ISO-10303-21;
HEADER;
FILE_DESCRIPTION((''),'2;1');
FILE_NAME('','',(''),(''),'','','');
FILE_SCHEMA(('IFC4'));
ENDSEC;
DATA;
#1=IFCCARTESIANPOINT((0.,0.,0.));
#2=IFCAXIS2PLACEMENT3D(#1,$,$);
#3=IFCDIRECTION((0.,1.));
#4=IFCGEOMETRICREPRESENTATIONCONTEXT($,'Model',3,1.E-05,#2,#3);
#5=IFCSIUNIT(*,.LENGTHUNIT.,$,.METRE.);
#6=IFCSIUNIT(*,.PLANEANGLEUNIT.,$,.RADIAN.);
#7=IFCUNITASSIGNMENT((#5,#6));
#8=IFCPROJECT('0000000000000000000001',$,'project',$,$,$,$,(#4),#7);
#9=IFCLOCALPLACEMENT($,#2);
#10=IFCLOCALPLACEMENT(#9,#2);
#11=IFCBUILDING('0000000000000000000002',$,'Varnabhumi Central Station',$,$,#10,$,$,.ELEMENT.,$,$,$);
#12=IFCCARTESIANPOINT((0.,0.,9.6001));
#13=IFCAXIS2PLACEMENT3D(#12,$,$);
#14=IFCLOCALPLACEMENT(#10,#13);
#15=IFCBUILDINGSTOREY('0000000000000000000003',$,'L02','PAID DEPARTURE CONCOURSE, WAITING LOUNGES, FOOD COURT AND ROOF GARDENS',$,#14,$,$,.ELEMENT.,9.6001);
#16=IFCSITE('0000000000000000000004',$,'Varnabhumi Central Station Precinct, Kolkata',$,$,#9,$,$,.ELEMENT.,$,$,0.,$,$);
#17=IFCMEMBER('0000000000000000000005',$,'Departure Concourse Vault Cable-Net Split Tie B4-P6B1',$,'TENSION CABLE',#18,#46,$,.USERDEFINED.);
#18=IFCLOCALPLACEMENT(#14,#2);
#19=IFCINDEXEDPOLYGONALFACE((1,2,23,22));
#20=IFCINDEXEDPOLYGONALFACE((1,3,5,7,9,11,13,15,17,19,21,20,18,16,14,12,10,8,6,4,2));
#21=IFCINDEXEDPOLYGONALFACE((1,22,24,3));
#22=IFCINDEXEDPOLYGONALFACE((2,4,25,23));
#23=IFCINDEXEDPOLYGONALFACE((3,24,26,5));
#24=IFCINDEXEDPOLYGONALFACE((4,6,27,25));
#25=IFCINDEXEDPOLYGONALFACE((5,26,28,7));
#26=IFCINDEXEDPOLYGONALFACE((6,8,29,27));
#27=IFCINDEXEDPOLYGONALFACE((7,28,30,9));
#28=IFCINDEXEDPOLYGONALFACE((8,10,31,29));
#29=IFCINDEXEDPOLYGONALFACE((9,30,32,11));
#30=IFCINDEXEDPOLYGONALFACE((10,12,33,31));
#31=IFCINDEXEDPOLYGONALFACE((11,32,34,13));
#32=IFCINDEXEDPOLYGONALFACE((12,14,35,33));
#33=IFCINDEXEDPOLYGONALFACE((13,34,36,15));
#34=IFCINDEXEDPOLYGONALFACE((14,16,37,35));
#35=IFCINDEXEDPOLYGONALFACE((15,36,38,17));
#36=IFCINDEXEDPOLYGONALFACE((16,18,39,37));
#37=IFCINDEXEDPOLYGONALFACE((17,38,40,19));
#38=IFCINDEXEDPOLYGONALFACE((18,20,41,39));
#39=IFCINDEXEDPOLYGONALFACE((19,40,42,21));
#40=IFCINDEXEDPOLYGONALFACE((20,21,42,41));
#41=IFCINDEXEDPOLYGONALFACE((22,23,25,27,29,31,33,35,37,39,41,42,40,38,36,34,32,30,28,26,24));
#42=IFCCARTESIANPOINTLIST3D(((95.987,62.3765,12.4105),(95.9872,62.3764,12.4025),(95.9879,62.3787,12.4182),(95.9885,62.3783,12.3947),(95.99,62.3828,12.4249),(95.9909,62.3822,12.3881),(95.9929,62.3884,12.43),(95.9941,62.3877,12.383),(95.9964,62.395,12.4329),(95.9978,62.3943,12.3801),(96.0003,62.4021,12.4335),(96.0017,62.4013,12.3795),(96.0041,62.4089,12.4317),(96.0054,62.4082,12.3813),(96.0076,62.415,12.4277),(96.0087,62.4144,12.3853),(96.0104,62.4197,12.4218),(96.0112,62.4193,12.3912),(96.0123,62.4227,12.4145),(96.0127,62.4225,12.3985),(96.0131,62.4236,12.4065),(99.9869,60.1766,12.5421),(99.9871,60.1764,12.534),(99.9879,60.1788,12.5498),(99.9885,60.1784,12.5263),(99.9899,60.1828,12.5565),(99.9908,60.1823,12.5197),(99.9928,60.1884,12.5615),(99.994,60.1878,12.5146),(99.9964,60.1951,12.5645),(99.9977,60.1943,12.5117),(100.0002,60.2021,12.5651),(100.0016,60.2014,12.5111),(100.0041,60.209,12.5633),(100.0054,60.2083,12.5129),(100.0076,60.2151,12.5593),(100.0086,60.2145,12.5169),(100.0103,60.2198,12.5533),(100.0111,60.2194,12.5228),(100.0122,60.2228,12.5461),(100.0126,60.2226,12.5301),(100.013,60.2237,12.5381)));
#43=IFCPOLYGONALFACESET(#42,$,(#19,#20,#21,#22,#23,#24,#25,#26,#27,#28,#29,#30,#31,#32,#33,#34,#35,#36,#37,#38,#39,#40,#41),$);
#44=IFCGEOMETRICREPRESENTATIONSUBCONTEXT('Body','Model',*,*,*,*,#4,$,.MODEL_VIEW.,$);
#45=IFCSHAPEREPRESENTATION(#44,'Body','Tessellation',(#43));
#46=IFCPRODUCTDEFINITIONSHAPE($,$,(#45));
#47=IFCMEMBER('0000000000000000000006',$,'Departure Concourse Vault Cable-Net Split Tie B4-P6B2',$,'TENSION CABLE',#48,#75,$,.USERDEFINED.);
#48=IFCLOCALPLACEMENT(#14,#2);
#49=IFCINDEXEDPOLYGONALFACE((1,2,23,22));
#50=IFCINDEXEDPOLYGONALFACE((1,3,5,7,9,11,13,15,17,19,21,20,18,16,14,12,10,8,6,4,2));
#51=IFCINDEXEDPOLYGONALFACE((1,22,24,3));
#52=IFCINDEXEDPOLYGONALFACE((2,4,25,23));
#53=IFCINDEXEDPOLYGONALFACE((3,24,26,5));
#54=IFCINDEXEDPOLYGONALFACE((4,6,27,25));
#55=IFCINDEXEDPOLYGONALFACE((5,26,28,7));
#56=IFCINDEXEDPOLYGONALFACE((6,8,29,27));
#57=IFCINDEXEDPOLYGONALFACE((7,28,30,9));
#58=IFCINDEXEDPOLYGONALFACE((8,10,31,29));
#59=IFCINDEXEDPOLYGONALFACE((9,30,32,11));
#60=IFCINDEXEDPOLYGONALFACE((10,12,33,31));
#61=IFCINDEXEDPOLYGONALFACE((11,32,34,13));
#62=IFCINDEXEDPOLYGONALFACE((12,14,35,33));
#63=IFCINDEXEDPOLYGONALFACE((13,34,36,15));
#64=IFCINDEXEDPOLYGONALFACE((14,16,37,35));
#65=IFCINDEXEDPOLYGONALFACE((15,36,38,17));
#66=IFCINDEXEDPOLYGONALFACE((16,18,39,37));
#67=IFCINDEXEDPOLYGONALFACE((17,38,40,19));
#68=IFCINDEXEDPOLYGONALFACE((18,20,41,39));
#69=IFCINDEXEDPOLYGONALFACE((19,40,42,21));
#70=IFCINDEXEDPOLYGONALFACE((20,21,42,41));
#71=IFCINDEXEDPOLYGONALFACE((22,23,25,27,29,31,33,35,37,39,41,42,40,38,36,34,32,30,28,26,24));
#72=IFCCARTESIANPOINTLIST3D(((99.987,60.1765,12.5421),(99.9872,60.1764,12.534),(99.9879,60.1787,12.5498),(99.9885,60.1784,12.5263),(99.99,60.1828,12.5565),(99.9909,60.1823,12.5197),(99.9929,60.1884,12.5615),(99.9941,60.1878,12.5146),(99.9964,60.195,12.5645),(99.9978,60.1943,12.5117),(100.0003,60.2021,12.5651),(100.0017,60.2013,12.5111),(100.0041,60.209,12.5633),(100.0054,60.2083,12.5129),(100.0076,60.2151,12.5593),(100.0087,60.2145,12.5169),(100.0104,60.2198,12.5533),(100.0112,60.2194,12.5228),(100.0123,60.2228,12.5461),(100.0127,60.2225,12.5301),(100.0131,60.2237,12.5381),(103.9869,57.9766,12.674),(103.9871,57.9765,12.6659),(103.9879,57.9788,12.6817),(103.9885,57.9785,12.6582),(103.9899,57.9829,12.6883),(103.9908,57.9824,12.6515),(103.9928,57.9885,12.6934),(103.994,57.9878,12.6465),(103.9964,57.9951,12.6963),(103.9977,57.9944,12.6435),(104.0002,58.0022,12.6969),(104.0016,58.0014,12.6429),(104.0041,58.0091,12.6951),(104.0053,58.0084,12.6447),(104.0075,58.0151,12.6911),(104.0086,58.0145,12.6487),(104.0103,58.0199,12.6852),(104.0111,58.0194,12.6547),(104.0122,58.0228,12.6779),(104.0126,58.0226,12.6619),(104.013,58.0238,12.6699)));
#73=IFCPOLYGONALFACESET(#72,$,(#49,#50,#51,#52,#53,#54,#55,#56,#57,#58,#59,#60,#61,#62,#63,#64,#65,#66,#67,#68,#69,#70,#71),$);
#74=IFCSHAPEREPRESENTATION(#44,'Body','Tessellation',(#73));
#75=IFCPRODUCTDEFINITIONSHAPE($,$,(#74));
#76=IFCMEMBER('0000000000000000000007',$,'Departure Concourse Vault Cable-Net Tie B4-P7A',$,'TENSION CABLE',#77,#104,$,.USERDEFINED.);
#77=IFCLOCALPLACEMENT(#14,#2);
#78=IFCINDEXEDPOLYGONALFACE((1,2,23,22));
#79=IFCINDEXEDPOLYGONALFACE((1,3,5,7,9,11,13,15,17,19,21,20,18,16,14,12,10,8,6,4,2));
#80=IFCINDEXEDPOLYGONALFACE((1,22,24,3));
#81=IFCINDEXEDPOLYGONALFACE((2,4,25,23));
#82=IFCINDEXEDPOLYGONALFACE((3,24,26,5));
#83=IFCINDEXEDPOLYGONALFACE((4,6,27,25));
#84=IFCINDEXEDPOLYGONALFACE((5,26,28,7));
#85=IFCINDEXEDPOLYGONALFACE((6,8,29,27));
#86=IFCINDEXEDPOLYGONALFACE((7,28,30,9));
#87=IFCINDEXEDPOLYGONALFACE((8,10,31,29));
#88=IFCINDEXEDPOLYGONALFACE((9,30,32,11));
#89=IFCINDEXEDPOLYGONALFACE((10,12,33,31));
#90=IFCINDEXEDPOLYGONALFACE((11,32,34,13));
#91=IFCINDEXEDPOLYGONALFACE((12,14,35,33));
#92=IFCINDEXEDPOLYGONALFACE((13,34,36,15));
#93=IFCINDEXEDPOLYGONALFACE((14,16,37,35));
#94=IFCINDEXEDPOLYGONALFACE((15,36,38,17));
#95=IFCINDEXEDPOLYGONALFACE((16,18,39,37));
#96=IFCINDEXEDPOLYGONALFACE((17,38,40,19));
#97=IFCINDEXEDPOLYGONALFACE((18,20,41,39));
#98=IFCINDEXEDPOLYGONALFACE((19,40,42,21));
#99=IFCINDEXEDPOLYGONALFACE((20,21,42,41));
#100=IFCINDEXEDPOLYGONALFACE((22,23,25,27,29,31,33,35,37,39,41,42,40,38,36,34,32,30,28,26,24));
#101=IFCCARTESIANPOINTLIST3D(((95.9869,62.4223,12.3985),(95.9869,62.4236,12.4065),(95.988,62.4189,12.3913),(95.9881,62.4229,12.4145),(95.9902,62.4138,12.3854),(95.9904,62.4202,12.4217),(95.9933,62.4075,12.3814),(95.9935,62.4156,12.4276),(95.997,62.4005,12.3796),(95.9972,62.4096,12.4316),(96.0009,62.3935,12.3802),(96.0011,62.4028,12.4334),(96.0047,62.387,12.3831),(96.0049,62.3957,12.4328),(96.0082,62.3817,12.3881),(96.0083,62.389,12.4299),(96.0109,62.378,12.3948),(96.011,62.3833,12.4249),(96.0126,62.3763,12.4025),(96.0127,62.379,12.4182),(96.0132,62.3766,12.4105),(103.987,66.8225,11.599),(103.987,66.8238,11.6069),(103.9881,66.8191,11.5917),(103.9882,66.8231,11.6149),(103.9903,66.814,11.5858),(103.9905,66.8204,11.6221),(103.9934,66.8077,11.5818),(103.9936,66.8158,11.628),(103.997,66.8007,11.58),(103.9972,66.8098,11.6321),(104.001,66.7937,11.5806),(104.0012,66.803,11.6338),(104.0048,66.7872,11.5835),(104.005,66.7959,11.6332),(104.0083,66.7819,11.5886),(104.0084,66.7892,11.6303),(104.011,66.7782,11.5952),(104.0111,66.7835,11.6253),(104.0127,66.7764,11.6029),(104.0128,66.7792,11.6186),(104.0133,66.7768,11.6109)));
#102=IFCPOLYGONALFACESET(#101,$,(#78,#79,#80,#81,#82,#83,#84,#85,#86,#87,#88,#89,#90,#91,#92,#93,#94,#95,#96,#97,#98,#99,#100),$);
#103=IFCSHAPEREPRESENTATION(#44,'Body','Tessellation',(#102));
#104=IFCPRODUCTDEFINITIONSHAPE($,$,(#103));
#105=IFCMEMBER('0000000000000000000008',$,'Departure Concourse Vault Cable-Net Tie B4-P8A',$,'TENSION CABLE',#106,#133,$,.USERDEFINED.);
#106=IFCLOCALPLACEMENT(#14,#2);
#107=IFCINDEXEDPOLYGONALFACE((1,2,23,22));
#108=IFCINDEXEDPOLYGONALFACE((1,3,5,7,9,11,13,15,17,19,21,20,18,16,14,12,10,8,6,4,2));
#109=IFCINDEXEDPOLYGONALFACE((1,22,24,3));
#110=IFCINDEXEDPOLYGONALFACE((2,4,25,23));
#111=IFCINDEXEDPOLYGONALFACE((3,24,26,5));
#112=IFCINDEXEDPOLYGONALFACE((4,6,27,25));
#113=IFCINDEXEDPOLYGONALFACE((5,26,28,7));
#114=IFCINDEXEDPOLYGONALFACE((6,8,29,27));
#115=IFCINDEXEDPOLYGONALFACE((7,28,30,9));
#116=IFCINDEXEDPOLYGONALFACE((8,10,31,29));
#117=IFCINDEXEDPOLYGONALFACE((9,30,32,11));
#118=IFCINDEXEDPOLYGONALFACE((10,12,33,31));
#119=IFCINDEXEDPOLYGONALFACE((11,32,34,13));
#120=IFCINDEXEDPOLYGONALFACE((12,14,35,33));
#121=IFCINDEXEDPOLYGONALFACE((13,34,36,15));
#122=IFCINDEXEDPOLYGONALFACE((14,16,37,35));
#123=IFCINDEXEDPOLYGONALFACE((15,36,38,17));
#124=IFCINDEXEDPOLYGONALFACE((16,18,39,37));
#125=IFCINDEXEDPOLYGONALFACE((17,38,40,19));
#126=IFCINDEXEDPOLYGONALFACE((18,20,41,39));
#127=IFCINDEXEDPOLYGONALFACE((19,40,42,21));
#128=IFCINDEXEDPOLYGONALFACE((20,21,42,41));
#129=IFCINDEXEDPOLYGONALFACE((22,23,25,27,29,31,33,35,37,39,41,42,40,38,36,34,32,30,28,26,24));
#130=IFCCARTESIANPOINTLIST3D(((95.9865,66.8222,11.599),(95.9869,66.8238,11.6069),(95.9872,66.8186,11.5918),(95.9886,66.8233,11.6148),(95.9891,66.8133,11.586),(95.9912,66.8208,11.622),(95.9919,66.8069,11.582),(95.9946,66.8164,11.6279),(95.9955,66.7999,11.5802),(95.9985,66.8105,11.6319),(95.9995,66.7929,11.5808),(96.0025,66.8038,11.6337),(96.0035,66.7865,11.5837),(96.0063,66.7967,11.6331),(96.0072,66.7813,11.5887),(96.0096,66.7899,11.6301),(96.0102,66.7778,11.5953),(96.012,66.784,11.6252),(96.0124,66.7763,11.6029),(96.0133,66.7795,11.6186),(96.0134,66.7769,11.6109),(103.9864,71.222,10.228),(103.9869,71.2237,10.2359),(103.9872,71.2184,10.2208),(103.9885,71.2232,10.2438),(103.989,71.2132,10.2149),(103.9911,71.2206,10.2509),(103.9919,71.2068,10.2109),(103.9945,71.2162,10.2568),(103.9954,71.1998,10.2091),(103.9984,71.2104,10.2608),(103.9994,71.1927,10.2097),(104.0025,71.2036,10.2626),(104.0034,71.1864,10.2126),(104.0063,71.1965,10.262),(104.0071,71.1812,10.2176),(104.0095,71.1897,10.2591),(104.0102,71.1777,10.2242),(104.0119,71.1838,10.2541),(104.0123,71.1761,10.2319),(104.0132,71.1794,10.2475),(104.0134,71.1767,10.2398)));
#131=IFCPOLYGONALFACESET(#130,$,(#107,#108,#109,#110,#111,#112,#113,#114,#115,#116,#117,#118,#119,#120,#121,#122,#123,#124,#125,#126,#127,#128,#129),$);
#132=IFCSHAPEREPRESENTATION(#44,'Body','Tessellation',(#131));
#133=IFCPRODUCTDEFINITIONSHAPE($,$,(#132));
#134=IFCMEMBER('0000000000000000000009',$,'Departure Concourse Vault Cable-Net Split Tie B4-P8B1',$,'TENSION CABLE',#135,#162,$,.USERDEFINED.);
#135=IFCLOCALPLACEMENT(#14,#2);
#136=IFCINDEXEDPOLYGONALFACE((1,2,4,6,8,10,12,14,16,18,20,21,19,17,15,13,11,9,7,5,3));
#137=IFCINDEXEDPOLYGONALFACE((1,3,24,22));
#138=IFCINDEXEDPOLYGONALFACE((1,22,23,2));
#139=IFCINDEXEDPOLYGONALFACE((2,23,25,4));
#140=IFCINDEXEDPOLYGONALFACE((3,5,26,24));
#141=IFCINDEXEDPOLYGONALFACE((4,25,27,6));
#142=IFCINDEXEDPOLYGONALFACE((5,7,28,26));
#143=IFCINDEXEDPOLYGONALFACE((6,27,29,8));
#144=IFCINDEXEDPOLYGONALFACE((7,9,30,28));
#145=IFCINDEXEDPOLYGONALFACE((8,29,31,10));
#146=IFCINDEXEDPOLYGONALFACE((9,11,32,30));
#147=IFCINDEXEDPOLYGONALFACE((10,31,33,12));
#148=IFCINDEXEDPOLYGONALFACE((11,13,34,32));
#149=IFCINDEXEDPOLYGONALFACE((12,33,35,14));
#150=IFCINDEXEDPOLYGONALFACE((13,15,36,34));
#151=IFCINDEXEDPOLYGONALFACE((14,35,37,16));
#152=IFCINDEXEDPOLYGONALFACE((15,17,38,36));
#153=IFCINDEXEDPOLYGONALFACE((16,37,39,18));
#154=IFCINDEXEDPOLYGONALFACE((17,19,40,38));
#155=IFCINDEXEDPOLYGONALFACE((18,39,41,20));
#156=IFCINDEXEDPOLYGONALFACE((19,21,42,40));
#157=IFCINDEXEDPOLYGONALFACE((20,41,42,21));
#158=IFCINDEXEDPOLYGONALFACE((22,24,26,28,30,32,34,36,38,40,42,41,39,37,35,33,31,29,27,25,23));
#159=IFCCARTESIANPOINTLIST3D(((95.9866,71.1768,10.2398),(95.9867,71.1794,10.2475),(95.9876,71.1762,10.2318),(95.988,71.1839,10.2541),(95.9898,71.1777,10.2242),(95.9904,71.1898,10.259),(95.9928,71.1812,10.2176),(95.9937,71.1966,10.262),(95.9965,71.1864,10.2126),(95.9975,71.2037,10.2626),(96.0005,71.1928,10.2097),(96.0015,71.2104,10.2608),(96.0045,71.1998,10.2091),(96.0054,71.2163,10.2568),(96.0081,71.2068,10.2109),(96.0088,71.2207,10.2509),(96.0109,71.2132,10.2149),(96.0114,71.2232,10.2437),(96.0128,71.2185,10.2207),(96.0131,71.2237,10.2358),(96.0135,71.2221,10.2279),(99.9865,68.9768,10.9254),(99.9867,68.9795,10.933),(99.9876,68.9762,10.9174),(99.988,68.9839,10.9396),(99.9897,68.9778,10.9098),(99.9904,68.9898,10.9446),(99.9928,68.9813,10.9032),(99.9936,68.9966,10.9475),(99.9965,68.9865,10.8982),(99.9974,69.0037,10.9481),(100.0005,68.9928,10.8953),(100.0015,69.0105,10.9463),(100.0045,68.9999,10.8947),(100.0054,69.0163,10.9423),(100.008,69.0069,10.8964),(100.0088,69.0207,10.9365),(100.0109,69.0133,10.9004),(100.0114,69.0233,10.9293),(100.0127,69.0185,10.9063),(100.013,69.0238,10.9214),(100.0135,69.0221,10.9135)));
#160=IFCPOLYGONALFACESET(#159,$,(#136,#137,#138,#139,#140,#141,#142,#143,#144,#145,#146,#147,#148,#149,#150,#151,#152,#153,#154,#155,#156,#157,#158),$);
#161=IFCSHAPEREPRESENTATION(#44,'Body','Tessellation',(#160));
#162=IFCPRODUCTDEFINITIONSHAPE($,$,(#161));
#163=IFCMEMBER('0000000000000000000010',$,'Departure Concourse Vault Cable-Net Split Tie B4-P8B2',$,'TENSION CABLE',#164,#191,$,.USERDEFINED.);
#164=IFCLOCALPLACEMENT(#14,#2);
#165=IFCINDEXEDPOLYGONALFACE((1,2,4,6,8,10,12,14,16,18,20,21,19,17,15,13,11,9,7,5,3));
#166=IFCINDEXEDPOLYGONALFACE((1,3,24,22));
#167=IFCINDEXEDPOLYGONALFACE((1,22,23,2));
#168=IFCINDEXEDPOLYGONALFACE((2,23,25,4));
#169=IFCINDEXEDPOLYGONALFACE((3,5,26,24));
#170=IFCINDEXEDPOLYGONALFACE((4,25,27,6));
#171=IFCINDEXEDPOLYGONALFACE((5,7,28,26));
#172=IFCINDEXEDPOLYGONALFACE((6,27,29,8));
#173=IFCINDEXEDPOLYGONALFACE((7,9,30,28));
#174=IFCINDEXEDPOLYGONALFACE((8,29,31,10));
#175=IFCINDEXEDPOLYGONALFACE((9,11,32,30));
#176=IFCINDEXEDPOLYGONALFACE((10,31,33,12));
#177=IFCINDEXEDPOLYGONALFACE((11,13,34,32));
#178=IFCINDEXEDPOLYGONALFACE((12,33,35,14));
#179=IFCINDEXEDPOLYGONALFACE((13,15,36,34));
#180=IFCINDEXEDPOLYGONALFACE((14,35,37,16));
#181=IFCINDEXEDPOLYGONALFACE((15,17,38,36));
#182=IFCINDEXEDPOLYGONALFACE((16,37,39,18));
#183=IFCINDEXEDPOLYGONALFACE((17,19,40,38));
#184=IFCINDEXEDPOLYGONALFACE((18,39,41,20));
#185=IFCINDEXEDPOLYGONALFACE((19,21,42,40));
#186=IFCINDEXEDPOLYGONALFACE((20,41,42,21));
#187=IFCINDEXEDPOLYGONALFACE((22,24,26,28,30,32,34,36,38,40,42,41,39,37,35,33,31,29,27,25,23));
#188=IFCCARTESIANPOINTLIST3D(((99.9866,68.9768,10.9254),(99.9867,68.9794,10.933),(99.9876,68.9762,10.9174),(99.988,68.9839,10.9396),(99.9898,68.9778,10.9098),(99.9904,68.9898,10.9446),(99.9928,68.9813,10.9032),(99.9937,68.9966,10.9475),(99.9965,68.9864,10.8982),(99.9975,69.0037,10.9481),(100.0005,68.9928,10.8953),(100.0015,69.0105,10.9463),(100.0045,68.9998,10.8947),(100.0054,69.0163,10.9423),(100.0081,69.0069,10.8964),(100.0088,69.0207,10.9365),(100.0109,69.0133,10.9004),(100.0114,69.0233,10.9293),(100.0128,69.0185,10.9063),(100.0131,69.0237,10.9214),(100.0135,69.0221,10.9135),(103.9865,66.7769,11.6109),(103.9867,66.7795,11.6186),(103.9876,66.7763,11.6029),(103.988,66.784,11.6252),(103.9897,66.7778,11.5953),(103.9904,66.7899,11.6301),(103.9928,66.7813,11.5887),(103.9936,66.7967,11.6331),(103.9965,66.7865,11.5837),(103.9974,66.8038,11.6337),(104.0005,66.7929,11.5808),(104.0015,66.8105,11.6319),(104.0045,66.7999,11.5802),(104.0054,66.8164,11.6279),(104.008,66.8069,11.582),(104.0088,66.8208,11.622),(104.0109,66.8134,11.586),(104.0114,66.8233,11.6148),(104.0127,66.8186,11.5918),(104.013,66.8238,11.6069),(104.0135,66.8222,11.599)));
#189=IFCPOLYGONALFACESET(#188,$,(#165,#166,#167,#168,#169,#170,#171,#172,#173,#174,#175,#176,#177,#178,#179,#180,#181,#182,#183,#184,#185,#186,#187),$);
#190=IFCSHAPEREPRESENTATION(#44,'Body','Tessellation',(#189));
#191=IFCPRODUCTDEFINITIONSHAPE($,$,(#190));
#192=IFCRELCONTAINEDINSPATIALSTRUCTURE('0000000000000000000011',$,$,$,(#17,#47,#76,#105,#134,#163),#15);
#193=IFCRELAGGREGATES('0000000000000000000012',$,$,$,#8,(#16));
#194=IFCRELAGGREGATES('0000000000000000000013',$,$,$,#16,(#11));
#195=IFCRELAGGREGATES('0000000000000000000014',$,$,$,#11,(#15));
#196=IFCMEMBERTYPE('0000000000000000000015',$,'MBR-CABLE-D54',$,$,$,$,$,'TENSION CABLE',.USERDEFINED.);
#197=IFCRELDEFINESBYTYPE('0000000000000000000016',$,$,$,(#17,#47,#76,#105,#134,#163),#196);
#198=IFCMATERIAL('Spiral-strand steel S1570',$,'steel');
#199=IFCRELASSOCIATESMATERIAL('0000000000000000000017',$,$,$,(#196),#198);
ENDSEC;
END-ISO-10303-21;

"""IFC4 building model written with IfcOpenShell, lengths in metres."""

from ifc_helpers import new_model, si_unit, direction, frame, origin, origin_2d, place, context, subcontext, project, spatial, circle, extrude, material, material_profile, profile_set, type_object, element, save


model = new_model("IFC4")

# Units and contexts
model_context = context("Model", 3, precision=1e-05, world=origin(), true_north=direction((0.0, 1.0)))
body_context = subcontext(model_context, "Body", "Model", "MODEL_VIEW")
ifc_project = project(units=[si_unit("LENGTHUNIT", "METRE"), si_unit("PLANEANGLEUNIT", "RADIAN")], contexts=[model_context])

# Site, building, storey
site_placement = place(None, origin())
site = spatial("IfcSite", under=ifc_project, at=site_placement, Name="Varnabhumi Central Station Precinct, Kolkata", CompositionType="ELEMENT", RefElevation=0.0)
building_placement = place(site_placement, origin())
building = spatial("IfcBuilding", under=site, at=building_placement, Name="Varnabhumi Central Station", CompositionType="ELEMENT")
storey_placement = place(building_placement, frame((0.0, 0.0, 9.6001)))
storey = spatial("IfcBuildingStorey", under=building, at=storey_placement, Name="L02", Description="PAID DEPARTURE CONCOURSE, WAITING LOUNGES, FOOD COURT AND ROOF GARDENS", CompositionType="ELEMENT", Elevation=9.6001)

# Members
ifc_material_1 = material(Name="Spiral-strand steel S1570", Category="steel")
ifc_material_profile_1 = material_profile(ifc_material_1, circle(Radius=0.0271, at=origin_2d()), Name="Spiral-strand steel S1570", Category="steel")
ifc_profile_set_1 = profile_set([ifc_material_profile_1], Name="Spiral-strand steel S1570")
member_type = type_object("IfcMemberType", Name="MBR-CABLE-D54", ElementType="TENSION CABLE", PredefinedType="USERDEFINED", material=ifc_profile_set_1)
for number, where, z_axis, x_axis, name in (
    (1, (96.0, 62.3999, 12.4065), (0.875857, -0.48171, 0.028814), (0.481911, 0.87622, 0.0), "Departure Concourse Vault Cable-Net Split Tie B4-P6B1"),
    (2, (100.0, 60.2, 12.5381), (0.875855, -0.48171, 0.028867), (0.481911, 0.87622, 0.0), "Departure Concourse Vault Cable-Net Split Tie B4-P6B2"),
):
    element("IfcMember", number, at=place(storey_placement, frame(where, z_axis=z_axis, x_axis=x_axis)), inside=storey, type_object=member_type, Name=name, ObjectType="TENSION CABLE", PredefinedType="USERDEFINED", context=body_context, shape_type="SweptSolid", body=[
        extrude(circle(Radius=0.0271, at=origin_2d()), origin(), (0.0, 0.0, 1.0), 4.5669),
    ])
member_1_placement = place(storey_placement, frame((96.0, 62.3999, 12.4065), z_axis=(0.872869, 0.480094, -0.087239), x_axis=(-0.481931, 0.876209, 0.0)))
element("IfcMember", 3, at=member_1_placement, inside=storey, type_object=member_type, Name="Departure Concourse Vault Cable-Net Tie B4-P7A", ObjectType="TENSION CABLE", PredefinedType="USERDEFINED", context=body_context, shape_type="SweptSolid", body=[
    extrude(circle(Radius=0.0271, at=origin_2d()), origin(), (0.0, 0.0, 1.0), 9.1653),
])
member_2_placement = place(storey_placement, frame((96.0, 66.8, 11.6069), z_axis=(0.866504, 0.476567, -0.148507), x_axis=(-0.481911, 0.87622, 0.0)))
element("IfcMember", 4, at=member_2_placement, inside=storey, type_object=member_type, Name="Departure Concourse Vault Cable-Net Tie B4-P8A", ObjectType="TENSION CABLE", PredefinedType="USERDEFINED", context=body_context, shape_type="SweptSolid", body=[
    extrude(circle(Radius=0.0271, at=origin_2d()), origin(), (0.0, 0.0, 1.0), 9.2324),
])
for number, where, z_axis, x_axis, name in (
    (5, (96.0, 71.2, 10.2358), (0.866504, -0.476567, 0.148507), (0.481911, 0.87622, 0.0), "Departure Concourse Vault Cable-Net Split Tie B4-P8B1"),
    (6, (100.0, 69.0, 10.9214), (0.866504, -0.476567, 0.148507), (0.481911, 0.87622, 0.0), "Departure Concourse Vault Cable-Net Split Tie B4-P8B2"),
):
    element("IfcMember", number, at=place(storey_placement, frame(where, z_axis=z_axis, x_axis=x_axis)), inside=storey, type_object=member_type, Name=name, ObjectType="TENSION CABLE", PredefinedType="USERDEFINED", context=body_context, shape_type="SweptSolid", body=[
        extrude(circle(Radius=0.0271, at=origin_2d()), origin(), (0.0, 0.0, 1.0), 4.6162),
    ])

save(model, "model.ifc")
